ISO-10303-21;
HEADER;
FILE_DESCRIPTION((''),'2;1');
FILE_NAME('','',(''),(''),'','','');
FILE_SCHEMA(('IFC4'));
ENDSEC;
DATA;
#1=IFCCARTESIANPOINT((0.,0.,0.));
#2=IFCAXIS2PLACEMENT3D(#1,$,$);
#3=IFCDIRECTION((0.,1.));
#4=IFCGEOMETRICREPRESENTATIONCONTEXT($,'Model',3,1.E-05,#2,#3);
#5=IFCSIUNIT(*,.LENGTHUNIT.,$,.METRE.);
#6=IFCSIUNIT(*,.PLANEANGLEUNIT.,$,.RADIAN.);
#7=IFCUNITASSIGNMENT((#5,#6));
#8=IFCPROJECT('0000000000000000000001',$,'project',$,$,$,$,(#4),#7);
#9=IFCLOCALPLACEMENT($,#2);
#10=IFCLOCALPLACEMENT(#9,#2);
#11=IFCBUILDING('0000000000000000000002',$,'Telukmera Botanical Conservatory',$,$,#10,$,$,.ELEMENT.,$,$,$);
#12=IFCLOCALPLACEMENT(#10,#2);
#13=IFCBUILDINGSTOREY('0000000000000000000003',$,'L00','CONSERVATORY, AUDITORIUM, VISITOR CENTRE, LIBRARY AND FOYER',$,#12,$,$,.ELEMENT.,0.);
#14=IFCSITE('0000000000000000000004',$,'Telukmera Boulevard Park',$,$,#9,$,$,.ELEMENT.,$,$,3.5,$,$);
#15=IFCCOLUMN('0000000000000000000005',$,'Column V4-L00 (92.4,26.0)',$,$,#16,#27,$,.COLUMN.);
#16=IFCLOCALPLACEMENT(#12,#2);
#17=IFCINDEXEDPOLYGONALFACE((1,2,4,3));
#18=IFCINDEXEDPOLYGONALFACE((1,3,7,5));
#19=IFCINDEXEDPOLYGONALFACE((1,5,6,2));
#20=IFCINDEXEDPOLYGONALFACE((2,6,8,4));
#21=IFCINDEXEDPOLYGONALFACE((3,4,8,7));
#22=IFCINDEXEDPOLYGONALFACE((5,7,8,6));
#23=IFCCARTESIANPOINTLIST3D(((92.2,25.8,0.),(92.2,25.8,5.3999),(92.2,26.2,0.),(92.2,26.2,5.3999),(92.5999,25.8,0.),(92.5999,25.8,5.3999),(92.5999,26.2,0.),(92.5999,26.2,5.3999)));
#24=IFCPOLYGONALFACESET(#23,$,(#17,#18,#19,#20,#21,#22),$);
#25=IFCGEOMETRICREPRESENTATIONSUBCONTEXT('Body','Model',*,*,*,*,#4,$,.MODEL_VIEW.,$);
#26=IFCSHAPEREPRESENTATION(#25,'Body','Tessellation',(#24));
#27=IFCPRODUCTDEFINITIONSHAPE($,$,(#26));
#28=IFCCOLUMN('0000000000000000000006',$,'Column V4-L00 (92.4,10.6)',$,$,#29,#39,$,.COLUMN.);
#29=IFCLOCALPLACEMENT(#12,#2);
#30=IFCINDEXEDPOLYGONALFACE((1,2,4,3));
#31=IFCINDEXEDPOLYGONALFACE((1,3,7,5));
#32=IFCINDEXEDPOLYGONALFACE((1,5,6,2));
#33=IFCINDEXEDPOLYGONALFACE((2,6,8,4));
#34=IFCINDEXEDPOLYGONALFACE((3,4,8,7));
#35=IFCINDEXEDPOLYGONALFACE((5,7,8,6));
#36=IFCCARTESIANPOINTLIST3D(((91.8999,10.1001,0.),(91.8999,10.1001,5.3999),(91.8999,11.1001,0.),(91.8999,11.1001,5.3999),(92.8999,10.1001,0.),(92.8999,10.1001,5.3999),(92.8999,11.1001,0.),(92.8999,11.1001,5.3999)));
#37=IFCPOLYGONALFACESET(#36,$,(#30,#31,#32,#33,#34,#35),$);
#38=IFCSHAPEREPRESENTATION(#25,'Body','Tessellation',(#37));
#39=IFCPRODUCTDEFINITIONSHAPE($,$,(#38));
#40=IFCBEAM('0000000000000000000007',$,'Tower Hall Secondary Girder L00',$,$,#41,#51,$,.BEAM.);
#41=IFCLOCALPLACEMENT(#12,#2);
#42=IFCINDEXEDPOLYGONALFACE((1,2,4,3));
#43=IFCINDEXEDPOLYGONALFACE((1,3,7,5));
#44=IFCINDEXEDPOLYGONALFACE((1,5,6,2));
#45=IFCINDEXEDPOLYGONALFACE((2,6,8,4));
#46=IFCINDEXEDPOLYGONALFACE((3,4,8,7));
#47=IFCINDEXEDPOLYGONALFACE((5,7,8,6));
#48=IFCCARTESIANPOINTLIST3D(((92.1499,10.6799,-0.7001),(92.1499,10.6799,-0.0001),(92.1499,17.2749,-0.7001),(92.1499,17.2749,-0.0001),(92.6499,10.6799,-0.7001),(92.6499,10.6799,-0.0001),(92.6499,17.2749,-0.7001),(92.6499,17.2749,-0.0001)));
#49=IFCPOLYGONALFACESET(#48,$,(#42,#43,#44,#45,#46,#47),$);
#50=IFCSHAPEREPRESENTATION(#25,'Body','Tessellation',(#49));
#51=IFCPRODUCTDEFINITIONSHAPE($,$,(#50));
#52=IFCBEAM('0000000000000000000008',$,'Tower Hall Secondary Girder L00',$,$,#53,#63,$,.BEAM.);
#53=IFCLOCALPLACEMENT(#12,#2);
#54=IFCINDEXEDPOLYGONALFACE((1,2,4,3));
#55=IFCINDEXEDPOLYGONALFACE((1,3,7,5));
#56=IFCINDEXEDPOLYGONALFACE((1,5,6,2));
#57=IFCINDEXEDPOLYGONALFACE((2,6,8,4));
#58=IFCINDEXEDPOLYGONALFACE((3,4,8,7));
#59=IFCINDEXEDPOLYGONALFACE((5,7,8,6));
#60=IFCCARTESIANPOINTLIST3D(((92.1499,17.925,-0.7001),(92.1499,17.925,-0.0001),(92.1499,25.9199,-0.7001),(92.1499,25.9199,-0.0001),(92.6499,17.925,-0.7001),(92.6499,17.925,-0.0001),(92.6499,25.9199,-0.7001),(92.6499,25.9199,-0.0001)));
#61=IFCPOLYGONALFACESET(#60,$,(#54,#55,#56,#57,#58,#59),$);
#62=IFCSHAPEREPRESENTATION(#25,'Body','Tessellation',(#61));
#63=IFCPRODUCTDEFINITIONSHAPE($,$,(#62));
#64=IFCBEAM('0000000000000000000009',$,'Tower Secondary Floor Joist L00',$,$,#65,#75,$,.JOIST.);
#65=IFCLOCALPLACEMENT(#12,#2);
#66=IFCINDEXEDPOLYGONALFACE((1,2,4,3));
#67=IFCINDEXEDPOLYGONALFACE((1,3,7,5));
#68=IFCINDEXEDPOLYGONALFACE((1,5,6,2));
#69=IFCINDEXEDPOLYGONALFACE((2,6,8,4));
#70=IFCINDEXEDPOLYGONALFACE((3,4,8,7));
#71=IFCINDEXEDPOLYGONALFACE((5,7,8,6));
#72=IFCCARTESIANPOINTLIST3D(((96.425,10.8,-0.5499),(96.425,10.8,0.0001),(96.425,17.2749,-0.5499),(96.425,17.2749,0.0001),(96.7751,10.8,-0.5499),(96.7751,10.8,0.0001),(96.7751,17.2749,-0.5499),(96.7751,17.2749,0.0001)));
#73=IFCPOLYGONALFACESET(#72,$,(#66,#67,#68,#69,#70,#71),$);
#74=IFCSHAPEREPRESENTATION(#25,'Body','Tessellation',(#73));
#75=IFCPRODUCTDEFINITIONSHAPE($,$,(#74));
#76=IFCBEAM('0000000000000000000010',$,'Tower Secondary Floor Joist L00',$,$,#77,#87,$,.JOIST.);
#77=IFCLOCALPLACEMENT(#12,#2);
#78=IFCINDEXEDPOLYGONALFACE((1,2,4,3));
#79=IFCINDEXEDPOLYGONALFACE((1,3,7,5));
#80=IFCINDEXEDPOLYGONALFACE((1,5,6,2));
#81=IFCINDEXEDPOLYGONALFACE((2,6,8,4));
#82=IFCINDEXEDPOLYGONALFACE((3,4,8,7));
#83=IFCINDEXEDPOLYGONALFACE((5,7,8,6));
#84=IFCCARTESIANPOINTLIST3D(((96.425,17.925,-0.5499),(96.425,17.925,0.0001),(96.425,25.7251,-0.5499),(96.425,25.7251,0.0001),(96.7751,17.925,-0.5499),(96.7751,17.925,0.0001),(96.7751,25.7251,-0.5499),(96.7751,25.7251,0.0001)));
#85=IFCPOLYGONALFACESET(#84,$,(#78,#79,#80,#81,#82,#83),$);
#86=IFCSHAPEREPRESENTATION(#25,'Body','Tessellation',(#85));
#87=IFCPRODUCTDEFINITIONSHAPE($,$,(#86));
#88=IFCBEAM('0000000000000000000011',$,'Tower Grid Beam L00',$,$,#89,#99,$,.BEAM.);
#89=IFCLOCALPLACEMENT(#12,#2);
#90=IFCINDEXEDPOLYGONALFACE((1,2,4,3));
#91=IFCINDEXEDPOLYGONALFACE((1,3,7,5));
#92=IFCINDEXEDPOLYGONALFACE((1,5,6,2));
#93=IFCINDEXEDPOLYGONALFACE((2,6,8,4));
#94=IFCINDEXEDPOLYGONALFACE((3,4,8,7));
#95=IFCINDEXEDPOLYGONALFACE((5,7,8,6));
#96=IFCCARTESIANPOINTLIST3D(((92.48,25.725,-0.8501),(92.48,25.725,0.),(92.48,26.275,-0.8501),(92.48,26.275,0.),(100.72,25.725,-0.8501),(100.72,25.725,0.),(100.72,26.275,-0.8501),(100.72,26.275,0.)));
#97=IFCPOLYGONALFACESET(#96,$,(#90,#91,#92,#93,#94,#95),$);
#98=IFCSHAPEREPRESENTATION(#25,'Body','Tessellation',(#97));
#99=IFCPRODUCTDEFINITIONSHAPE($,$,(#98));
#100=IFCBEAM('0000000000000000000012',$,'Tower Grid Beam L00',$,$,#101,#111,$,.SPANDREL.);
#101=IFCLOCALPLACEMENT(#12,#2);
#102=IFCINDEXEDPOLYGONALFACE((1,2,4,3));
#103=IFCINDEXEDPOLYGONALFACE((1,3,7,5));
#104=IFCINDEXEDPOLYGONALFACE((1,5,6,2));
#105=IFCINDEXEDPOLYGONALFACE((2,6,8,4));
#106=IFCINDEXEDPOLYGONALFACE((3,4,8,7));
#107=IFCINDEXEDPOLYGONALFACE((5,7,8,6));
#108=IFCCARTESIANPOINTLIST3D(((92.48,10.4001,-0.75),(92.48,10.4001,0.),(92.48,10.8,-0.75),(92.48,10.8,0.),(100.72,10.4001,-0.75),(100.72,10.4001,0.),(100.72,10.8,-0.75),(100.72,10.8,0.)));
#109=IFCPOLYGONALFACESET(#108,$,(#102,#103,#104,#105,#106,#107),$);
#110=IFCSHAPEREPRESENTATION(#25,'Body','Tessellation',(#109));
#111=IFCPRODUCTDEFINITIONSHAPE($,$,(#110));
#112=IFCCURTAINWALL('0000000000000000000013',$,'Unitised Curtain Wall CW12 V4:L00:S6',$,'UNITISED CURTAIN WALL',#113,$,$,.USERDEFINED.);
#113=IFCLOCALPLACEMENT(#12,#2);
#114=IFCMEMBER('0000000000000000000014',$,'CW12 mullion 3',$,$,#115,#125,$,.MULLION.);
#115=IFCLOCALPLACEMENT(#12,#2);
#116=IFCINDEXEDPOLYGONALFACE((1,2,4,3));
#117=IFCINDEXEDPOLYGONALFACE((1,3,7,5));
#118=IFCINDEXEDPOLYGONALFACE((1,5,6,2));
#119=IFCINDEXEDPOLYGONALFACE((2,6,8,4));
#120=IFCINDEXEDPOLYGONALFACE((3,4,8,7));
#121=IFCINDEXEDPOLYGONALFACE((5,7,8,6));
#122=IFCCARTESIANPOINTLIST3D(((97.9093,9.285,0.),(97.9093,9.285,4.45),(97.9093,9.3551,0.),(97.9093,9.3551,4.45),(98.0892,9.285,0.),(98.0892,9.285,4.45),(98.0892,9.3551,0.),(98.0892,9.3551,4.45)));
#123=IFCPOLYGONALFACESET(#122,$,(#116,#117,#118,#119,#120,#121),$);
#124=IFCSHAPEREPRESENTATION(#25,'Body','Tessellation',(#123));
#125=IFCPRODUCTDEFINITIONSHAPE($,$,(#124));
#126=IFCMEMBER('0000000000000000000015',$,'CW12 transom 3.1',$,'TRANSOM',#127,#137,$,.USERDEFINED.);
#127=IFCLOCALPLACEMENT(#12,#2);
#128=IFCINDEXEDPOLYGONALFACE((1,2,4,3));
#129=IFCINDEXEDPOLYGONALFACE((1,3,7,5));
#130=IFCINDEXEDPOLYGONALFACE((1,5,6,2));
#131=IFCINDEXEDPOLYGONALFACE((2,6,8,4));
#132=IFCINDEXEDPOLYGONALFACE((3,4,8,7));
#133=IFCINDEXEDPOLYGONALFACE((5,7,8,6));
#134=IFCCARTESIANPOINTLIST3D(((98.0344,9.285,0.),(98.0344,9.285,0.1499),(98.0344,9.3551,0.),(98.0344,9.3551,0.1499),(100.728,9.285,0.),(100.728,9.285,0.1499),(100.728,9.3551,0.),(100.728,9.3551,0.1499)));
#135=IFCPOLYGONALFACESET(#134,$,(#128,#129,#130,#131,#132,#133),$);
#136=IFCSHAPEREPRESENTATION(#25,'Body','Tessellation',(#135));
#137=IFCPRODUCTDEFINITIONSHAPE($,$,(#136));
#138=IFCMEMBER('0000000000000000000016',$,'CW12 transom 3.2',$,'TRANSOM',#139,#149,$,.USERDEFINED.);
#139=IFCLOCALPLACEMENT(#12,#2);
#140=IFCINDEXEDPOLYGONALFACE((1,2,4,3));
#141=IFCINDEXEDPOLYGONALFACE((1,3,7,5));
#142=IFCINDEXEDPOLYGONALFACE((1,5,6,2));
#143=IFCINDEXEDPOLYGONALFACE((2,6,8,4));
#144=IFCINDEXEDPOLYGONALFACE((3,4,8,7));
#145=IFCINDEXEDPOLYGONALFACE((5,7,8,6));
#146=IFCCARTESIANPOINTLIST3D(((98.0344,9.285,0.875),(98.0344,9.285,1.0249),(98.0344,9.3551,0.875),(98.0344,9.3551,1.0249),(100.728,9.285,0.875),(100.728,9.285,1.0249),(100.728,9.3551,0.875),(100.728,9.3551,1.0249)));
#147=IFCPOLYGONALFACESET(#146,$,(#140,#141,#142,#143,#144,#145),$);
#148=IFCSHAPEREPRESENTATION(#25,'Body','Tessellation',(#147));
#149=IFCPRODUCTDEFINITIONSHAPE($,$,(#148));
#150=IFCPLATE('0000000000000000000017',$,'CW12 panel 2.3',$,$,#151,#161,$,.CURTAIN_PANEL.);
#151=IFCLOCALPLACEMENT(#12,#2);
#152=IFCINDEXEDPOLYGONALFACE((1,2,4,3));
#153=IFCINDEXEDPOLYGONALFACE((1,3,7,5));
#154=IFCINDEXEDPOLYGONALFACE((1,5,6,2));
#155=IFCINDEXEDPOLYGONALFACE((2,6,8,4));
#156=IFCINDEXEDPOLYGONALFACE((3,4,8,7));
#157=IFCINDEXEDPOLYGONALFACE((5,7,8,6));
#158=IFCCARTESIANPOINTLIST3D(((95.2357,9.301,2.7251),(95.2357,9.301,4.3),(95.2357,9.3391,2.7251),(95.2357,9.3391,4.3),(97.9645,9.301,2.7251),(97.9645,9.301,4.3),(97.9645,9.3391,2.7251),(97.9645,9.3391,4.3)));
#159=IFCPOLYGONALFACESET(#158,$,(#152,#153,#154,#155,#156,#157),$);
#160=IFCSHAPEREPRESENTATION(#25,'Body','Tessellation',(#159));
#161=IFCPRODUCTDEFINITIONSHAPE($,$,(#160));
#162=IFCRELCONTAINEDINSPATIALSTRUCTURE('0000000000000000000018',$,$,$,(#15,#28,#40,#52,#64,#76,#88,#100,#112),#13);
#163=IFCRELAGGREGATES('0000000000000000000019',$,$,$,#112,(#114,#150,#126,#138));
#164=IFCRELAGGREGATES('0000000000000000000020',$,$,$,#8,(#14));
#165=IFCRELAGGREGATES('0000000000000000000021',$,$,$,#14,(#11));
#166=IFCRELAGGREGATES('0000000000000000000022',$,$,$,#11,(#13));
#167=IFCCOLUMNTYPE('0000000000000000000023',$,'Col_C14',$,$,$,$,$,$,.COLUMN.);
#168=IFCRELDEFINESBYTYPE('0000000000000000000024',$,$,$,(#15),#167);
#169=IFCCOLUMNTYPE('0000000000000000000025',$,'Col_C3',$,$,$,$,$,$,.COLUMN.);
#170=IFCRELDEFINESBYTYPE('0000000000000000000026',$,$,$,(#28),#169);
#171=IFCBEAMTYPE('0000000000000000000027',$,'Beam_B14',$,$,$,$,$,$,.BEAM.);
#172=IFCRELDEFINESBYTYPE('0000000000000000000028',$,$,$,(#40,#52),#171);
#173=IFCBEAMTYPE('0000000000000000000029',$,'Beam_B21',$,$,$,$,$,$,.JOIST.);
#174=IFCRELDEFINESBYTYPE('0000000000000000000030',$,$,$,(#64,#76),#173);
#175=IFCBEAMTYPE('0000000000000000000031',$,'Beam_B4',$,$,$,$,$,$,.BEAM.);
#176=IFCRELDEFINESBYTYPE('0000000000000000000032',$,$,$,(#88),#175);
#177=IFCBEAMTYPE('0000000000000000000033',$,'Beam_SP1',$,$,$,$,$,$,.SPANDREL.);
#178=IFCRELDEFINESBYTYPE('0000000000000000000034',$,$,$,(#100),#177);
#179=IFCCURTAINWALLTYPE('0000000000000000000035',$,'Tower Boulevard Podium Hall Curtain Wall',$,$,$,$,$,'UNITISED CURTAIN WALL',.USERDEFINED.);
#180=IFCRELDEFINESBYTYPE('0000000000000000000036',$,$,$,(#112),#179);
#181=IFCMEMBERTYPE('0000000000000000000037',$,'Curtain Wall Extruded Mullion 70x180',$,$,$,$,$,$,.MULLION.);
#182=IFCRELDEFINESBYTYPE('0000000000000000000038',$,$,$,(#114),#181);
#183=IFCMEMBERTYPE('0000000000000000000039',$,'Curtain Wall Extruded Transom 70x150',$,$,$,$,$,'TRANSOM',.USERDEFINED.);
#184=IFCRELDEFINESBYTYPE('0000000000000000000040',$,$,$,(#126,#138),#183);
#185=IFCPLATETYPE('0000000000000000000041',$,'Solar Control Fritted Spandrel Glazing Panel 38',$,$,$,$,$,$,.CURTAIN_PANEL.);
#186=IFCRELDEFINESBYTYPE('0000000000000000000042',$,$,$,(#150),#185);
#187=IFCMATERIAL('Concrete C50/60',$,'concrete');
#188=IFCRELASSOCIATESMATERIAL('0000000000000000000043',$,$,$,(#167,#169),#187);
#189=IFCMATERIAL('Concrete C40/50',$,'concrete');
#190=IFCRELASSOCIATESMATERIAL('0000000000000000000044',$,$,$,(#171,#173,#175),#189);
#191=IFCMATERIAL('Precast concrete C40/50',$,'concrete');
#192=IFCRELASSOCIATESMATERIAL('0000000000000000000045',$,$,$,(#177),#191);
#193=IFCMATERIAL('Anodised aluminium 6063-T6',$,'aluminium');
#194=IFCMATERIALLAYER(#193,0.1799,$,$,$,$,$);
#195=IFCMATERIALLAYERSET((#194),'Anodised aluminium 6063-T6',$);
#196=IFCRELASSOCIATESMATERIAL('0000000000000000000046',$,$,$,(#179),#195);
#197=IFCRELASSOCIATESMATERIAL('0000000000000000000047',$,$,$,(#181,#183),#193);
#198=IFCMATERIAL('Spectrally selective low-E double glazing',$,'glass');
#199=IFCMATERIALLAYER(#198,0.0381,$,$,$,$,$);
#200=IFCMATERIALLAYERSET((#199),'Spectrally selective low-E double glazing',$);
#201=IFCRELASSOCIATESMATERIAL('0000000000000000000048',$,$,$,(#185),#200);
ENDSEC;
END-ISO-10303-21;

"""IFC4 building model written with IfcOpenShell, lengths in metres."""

from ifc_helpers import new_model, si_unit, direction, frame, origin, origin_2d, place, context, subcontext, project, spatial, rectangle, extrude, material, layer, layer_set, material_profile, profile_set, type_object, element, aggregate, save


model = new_model("IFC4")

# Units and contexts
model_context = context("Model", 3, precision=1e-05, world=origin(), true_north=direction((0.0, 1.0)))
body_context = subcontext(model_context, "Body", "Model", "MODEL_VIEW")
ifc_project = project(units=[si_unit("LENGTHUNIT", "METRE"), si_unit("PLANEANGLEUNIT", "RADIAN")], contexts=[model_context])

# Site, building, storey
site_placement = place(None, origin())
site = spatial("IfcSite", under=ifc_project, at=site_placement, Name="Telukmera Boulevard Park", CompositionType="ELEMENT", RefElevation=3.5)
building_placement = place(site_placement, origin())
building = spatial("IfcBuilding", under=site, at=building_placement, Name="Telukmera Botanical Conservatory", CompositionType="ELEMENT")
storey_placement = place(building_placement, origin())
storey = spatial("IfcBuildingStorey", under=building, at=storey_placement, Name="L00", Description="CONSERVATORY, AUDITORIUM, VISITOR CENTRE, LIBRARY AND FOYER", CompositionType="ELEMENT", Elevation=0.0)

# Columns
ifc_material_1 = material(Name="Concrete C50/60", Category="concrete")
ifc_material_profile_1 = material_profile(ifc_material_1, rectangle(XDim=0.3999, YDim=0.3999, at=origin_2d()), Name="RC 400x400")
ifc_profile_set_1 = profile_set([ifc_material_profile_1], Name="Concrete C50/60")
column_type_1 = type_object("IfcColumnType", Name="Col_C14", PredefinedType="COLUMN", material=ifc_profile_set_1)
column_1_placement = place(storey_placement, frame((92.3999, 26.0, 0.0), z_axis=(0.0, 0.0, 1.0), x_axis=(1.0, 0.0, 0.0)))
element("IfcColumn", 1, at=column_1_placement, inside=storey, type_object=column_type_1, Name="Column V4-L00 (92.4,26.0)", PredefinedType="COLUMN", context=body_context, shape_type="SweptSolid", body=[
    extrude(rectangle(XDim=0.3999, YDim=0.3999, at=origin_2d()), origin(), (0.0, 0.0, 1.0), 5.3999),
])
ifc_material_profile_2 = material_profile(ifc_material_1, rectangle(XDim=1.0, YDim=1.0, at=origin_2d()), Name="RC 1000x1000")
ifc_profile_set_2 = profile_set([ifc_material_profile_2], Name="Concrete C50/60")
column_type_2 = type_object("IfcColumnType", Name="Col_C3", PredefinedType="COLUMN", material=ifc_profile_set_2)
column_2_placement = place(storey_placement, frame((92.3999, 10.6001, 0.0), z_axis=(0.0, 0.0, 1.0), x_axis=(1.0, 0.0, 0.0)))
element("IfcColumn", 2, at=column_2_placement, inside=storey, type_object=column_type_2, Name="Column V4-L00 (92.4,10.6)", PredefinedType="COLUMN", context=body_context, shape_type="SweptSolid", body=[
    extrude(rectangle(XDim=1.0, YDim=1.0, at=origin_2d()), origin(), (0.0, 0.0, 1.0), 5.3999),
])

# Beams
ifc_material_2 = material(Name="Concrete C40/50", Category="concrete")
ifc_material_profile_3 = material_profile(ifc_material_2, rectangle(XDim=0.5, YDim=0.7, at=origin_2d()), Name="RC 500x700")
ifc_profile_set_3 = profile_set([ifc_material_profile_3], Name="Concrete C40/50")
beam_type_1 = type_object("IfcBeamType", Name="Beam_B14", PredefinedType="BEAM", material=ifc_profile_set_3)
beam_1_placement = place(storey_placement, frame((92.3999, 10.6799, -0.3501), z_axis=(0.0, 1.0, 0.0), x_axis=(-1.0, 0.0, 0.0)))
element("IfcBeam", 3, at=beam_1_placement, inside=storey, type_object=beam_type_1, Name="Tower Hall Secondary Girder L00", PredefinedType="BEAM", context=body_context, shape_type="SweptSolid", body=[
    extrude(rectangle(XDim=0.5, YDim=0.7, at=origin_2d()), origin(), (0.0, 0.0, 1.0), 6.595),
])
beam_2_placement = place(storey_placement, frame((92.3999, 17.925, -0.3501), z_axis=(0.0, 1.0, 0.0), x_axis=(-1.0, 0.0, 0.0)))
element("IfcBeam", 4, at=beam_2_placement, inside=storey, type_object=beam_type_1, Name="Tower Hall Secondary Girder L00", PredefinedType="BEAM", context=body_context, shape_type="SweptSolid", body=[
    extrude(rectangle(XDim=0.5, YDim=0.7, at=origin_2d()), origin(), (0.0, 0.0, 1.0), 7.9949),
])
ifc_material_profile_4 = material_profile(ifc_material_2, rectangle(XDim=0.3501, YDim=0.55, at=origin_2d()), Name="RC 350x550")
ifc_profile_set_4 = profile_set([ifc_material_profile_4], Name="Concrete C40/50")
beam_type_2 = type_object("IfcBeamType", Name="Beam_B21", PredefinedType="JOIST", material=ifc_profile_set_4)
beam_3_placement = place(storey_placement, frame((96.6001, 10.8, -0.2749), z_axis=(0.0, 1.0, 0.0), x_axis=(-1.0, 0.0, 0.0)))
element("IfcBeam", 5, at=beam_3_placement, inside=storey, type_object=beam_type_2, Name="Tower Secondary Floor Joist L00", PredefinedType="JOIST", context=body_context, shape_type="SweptSolid", body=[
    extrude(rectangle(XDim=0.3501, YDim=0.55, at=origin_2d()), origin(), (0.0, 0.0, 1.0), 6.4749),
])
beam_4_placement = place(storey_placement, frame((96.6001, 17.925, -0.2749), z_axis=(0.0, 1.0, 0.0), x_axis=(-1.0, 0.0, 0.0)))
element("IfcBeam", 6, at=beam_4_placement, inside=storey, type_object=beam_type_2, Name="Tower Secondary Floor Joist L00", PredefinedType="JOIST", context=body_context, shape_type="SweptSolid", body=[
    extrude(rectangle(XDim=0.3501, YDim=0.55, at=origin_2d()), origin(), (0.0, 0.0, 1.0), 7.8),
])
ifc_material_profile_5 = material_profile(ifc_material_2, rectangle(XDim=0.55, YDim=0.8501, at=origin_2d()), Name="RC 550x850")
ifc_profile_set_5 = profile_set([ifc_material_profile_5], Name="Concrete C40/50")
beam_type_3 = type_object("IfcBeamType", Name="Beam_B4", PredefinedType="BEAM", material=ifc_profile_set_5)
beam_5_placement = place(storey_placement, frame((92.48, 26.0, -0.425), z_axis=(1.0, 0.0, 0.0), x_axis=(0.0, 1.0, 0.0)))
element("IfcBeam", 7, at=beam_5_placement, inside=storey, type_object=beam_type_3, Name="Tower Grid Beam L00", PredefinedType="BEAM", context=body_context, shape_type="SweptSolid", body=[
    extrude(rectangle(XDim=0.55, YDim=0.8501, at=origin_2d()), origin(), (0.0, 0.0, 1.0), 8.24),
])
ifc_material_3 = material(Name="Precast concrete C40/50", Category="concrete")
ifc_material_profile_6 = material_profile(ifc_material_3, rectangle(XDim=0.3999, YDim=0.75, at=origin_2d()), Name="PC 400x750")
ifc_profile_set_6 = profile_set([ifc_material_profile_6], Name="Precast concrete C40/50")
beam_type_4 = type_object("IfcBeamType", Name="Beam_SP1", PredefinedType="SPANDREL", material=ifc_profile_set_6)
beam_6_placement = place(storey_placement, frame((92.48, 10.6001, -0.375), z_axis=(1.0, 0.0, 0.0), x_axis=(0.0, 1.0, 0.0)))
element("IfcBeam", 8, at=beam_6_placement, inside=storey, type_object=beam_type_4, Name="Tower Grid Beam L00", PredefinedType="SPANDREL", context=body_context, shape_type="SweptSolid", body=[
    extrude(rectangle(XDim=0.3999, YDim=0.75, at=origin_2d()), origin(), (0.0, 0.0, 1.0), 8.24),
])

# Curtain wall, members, plate
ifc_material_4 = material(Name="Anodised aluminium 6063-T6", Category="aluminium")
ifc_layer_1 = layer(ifc_material_4, 0.1799)
ifc_layer_set_1 = layer_set([ifc_layer_1], Name="Anodised aluminium 6063-T6")
curtain_wall_type = type_object("IfcCurtainWallType", Name="Tower Boulevard Podium Hall Curtain Wall", ElementType="UNITISED CURTAIN WALL", PredefinedType="USERDEFINED", material=ifc_layer_set_1)
curtain_wall_placement = place(storey_placement, origin())
curtain_wall = element("IfcCurtainWall", 9, at=curtain_wall_placement, inside=storey, type_object=curtain_wall_type, Name="Unitised Curtain Wall CW12 V4:L00:S6", ObjectType="UNITISED CURTAIN WALL", PredefinedType="USERDEFINED")
ifc_material_profile_7 = material_profile(ifc_material_4, rectangle(XDim=0.0701, YDim=0.1799, at=origin_2d()), Name="ALU MULL 70x180")
ifc_profile_set_7 = profile_set([ifc_material_profile_7], Name="Anodised aluminium 6063-T6")
member_type_1 = type_object("IfcMemberType", Name="Curtain Wall Extruded Mullion 70x180", PredefinedType="MULLION", material=ifc_profile_set_7)
member_1_placement = place(storey_placement, frame((97.9993, 9.3201, 0.0), z_axis=(0.0, 0.0, 1.0), x_axis=(0.0, 1.0, 0.0)))
member_1 = element("IfcMember", 10, at=member_1_placement, type_object=member_type_1, Name="CW12 mullion 3", PredefinedType="MULLION", context=body_context, shape_type="SweptSolid", body=[
    extrude(rectangle(XDim=0.0701, YDim=0.1799, at=origin_2d()), origin(), (0.0, 0.0, 1.0), 4.45),
])
ifc_material_profile_8 = material_profile(ifc_material_4, rectangle(XDim=0.0701, YDim=0.1499, at=origin_2d()), Name="ALU TRAN 70x150")
ifc_profile_set_8 = profile_set([ifc_material_profile_8], Name="Anodised aluminium 6063-T6")
member_type_2 = type_object("IfcMemberType", Name="Curtain Wall Extruded Transom 70x150", ElementType="TRANSOM", PredefinedType="USERDEFINED", material=ifc_profile_set_8)
member_2_placement = place(storey_placement, frame((98.0344, 9.3201, 0.075), z_axis=(1.0, 0.0, 0.0), x_axis=(0.0, 1.0, 0.0)))
member_2 = element("IfcMember", 11, at=member_2_placement, type_object=member_type_2, Name="CW12 transom 3.1", ObjectType="TRANSOM", PredefinedType="USERDEFINED", context=body_context, shape_type="SweptSolid", body=[
    extrude(rectangle(XDim=0.0701, YDim=0.1499, at=origin_2d()), origin(), (0.0, 0.0, 1.0), 2.6936),
])
member_3_placement = place(storey_placement, frame((98.0344, 9.3201, 0.95), z_axis=(1.0, 0.0, 0.0), x_axis=(0.0, 1.0, 0.0)))
member_3 = element("IfcMember", 12, at=member_3_placement, type_object=member_type_2, Name="CW12 transom 3.2", ObjectType="TRANSOM", PredefinedType="USERDEFINED", context=body_context, shape_type="SweptSolid", body=[
    extrude(rectangle(XDim=0.0701, YDim=0.1499, at=origin_2d()), origin(), (0.0, 0.0, 1.0), 2.6936),
])
ifc_material_5 = material(Name="Spectrally selective low-E double glazing", Category="glass")
ifc_layer_2 = layer(ifc_material_5, 0.0381)
ifc_layer_set_2 = layer_set([ifc_layer_2], Name="Spectrally selective low-E double glazing")
plate_type = type_object("IfcPlateType", Name="Solar Control Fritted Spandrel Glazing Panel 38", PredefinedType="CURTAIN_PANEL", material=ifc_layer_set_2)
plate_placement = place(storey_placement, frame((96.6001, 9.3201, 2.7251), z_axis=(0.0, 0.0, 1.0), x_axis=(1.0, 0.0, 0.0)))
plate = element("IfcPlate", 13, at=plate_placement, type_object=plate_type, Name="CW12 panel 2.3", PredefinedType="CURTAIN_PANEL", context=body_context, shape_type="SweptSolid", body=[
    extrude(rectangle(XDim=2.7288, YDim=0.0381, at=origin_2d()), origin(), (0.0, 0.0, 1.0), 1.575),
])
aggregate(curtain_wall, [member_1, plate, member_2, member_3])

save(model, "model.ifc")
